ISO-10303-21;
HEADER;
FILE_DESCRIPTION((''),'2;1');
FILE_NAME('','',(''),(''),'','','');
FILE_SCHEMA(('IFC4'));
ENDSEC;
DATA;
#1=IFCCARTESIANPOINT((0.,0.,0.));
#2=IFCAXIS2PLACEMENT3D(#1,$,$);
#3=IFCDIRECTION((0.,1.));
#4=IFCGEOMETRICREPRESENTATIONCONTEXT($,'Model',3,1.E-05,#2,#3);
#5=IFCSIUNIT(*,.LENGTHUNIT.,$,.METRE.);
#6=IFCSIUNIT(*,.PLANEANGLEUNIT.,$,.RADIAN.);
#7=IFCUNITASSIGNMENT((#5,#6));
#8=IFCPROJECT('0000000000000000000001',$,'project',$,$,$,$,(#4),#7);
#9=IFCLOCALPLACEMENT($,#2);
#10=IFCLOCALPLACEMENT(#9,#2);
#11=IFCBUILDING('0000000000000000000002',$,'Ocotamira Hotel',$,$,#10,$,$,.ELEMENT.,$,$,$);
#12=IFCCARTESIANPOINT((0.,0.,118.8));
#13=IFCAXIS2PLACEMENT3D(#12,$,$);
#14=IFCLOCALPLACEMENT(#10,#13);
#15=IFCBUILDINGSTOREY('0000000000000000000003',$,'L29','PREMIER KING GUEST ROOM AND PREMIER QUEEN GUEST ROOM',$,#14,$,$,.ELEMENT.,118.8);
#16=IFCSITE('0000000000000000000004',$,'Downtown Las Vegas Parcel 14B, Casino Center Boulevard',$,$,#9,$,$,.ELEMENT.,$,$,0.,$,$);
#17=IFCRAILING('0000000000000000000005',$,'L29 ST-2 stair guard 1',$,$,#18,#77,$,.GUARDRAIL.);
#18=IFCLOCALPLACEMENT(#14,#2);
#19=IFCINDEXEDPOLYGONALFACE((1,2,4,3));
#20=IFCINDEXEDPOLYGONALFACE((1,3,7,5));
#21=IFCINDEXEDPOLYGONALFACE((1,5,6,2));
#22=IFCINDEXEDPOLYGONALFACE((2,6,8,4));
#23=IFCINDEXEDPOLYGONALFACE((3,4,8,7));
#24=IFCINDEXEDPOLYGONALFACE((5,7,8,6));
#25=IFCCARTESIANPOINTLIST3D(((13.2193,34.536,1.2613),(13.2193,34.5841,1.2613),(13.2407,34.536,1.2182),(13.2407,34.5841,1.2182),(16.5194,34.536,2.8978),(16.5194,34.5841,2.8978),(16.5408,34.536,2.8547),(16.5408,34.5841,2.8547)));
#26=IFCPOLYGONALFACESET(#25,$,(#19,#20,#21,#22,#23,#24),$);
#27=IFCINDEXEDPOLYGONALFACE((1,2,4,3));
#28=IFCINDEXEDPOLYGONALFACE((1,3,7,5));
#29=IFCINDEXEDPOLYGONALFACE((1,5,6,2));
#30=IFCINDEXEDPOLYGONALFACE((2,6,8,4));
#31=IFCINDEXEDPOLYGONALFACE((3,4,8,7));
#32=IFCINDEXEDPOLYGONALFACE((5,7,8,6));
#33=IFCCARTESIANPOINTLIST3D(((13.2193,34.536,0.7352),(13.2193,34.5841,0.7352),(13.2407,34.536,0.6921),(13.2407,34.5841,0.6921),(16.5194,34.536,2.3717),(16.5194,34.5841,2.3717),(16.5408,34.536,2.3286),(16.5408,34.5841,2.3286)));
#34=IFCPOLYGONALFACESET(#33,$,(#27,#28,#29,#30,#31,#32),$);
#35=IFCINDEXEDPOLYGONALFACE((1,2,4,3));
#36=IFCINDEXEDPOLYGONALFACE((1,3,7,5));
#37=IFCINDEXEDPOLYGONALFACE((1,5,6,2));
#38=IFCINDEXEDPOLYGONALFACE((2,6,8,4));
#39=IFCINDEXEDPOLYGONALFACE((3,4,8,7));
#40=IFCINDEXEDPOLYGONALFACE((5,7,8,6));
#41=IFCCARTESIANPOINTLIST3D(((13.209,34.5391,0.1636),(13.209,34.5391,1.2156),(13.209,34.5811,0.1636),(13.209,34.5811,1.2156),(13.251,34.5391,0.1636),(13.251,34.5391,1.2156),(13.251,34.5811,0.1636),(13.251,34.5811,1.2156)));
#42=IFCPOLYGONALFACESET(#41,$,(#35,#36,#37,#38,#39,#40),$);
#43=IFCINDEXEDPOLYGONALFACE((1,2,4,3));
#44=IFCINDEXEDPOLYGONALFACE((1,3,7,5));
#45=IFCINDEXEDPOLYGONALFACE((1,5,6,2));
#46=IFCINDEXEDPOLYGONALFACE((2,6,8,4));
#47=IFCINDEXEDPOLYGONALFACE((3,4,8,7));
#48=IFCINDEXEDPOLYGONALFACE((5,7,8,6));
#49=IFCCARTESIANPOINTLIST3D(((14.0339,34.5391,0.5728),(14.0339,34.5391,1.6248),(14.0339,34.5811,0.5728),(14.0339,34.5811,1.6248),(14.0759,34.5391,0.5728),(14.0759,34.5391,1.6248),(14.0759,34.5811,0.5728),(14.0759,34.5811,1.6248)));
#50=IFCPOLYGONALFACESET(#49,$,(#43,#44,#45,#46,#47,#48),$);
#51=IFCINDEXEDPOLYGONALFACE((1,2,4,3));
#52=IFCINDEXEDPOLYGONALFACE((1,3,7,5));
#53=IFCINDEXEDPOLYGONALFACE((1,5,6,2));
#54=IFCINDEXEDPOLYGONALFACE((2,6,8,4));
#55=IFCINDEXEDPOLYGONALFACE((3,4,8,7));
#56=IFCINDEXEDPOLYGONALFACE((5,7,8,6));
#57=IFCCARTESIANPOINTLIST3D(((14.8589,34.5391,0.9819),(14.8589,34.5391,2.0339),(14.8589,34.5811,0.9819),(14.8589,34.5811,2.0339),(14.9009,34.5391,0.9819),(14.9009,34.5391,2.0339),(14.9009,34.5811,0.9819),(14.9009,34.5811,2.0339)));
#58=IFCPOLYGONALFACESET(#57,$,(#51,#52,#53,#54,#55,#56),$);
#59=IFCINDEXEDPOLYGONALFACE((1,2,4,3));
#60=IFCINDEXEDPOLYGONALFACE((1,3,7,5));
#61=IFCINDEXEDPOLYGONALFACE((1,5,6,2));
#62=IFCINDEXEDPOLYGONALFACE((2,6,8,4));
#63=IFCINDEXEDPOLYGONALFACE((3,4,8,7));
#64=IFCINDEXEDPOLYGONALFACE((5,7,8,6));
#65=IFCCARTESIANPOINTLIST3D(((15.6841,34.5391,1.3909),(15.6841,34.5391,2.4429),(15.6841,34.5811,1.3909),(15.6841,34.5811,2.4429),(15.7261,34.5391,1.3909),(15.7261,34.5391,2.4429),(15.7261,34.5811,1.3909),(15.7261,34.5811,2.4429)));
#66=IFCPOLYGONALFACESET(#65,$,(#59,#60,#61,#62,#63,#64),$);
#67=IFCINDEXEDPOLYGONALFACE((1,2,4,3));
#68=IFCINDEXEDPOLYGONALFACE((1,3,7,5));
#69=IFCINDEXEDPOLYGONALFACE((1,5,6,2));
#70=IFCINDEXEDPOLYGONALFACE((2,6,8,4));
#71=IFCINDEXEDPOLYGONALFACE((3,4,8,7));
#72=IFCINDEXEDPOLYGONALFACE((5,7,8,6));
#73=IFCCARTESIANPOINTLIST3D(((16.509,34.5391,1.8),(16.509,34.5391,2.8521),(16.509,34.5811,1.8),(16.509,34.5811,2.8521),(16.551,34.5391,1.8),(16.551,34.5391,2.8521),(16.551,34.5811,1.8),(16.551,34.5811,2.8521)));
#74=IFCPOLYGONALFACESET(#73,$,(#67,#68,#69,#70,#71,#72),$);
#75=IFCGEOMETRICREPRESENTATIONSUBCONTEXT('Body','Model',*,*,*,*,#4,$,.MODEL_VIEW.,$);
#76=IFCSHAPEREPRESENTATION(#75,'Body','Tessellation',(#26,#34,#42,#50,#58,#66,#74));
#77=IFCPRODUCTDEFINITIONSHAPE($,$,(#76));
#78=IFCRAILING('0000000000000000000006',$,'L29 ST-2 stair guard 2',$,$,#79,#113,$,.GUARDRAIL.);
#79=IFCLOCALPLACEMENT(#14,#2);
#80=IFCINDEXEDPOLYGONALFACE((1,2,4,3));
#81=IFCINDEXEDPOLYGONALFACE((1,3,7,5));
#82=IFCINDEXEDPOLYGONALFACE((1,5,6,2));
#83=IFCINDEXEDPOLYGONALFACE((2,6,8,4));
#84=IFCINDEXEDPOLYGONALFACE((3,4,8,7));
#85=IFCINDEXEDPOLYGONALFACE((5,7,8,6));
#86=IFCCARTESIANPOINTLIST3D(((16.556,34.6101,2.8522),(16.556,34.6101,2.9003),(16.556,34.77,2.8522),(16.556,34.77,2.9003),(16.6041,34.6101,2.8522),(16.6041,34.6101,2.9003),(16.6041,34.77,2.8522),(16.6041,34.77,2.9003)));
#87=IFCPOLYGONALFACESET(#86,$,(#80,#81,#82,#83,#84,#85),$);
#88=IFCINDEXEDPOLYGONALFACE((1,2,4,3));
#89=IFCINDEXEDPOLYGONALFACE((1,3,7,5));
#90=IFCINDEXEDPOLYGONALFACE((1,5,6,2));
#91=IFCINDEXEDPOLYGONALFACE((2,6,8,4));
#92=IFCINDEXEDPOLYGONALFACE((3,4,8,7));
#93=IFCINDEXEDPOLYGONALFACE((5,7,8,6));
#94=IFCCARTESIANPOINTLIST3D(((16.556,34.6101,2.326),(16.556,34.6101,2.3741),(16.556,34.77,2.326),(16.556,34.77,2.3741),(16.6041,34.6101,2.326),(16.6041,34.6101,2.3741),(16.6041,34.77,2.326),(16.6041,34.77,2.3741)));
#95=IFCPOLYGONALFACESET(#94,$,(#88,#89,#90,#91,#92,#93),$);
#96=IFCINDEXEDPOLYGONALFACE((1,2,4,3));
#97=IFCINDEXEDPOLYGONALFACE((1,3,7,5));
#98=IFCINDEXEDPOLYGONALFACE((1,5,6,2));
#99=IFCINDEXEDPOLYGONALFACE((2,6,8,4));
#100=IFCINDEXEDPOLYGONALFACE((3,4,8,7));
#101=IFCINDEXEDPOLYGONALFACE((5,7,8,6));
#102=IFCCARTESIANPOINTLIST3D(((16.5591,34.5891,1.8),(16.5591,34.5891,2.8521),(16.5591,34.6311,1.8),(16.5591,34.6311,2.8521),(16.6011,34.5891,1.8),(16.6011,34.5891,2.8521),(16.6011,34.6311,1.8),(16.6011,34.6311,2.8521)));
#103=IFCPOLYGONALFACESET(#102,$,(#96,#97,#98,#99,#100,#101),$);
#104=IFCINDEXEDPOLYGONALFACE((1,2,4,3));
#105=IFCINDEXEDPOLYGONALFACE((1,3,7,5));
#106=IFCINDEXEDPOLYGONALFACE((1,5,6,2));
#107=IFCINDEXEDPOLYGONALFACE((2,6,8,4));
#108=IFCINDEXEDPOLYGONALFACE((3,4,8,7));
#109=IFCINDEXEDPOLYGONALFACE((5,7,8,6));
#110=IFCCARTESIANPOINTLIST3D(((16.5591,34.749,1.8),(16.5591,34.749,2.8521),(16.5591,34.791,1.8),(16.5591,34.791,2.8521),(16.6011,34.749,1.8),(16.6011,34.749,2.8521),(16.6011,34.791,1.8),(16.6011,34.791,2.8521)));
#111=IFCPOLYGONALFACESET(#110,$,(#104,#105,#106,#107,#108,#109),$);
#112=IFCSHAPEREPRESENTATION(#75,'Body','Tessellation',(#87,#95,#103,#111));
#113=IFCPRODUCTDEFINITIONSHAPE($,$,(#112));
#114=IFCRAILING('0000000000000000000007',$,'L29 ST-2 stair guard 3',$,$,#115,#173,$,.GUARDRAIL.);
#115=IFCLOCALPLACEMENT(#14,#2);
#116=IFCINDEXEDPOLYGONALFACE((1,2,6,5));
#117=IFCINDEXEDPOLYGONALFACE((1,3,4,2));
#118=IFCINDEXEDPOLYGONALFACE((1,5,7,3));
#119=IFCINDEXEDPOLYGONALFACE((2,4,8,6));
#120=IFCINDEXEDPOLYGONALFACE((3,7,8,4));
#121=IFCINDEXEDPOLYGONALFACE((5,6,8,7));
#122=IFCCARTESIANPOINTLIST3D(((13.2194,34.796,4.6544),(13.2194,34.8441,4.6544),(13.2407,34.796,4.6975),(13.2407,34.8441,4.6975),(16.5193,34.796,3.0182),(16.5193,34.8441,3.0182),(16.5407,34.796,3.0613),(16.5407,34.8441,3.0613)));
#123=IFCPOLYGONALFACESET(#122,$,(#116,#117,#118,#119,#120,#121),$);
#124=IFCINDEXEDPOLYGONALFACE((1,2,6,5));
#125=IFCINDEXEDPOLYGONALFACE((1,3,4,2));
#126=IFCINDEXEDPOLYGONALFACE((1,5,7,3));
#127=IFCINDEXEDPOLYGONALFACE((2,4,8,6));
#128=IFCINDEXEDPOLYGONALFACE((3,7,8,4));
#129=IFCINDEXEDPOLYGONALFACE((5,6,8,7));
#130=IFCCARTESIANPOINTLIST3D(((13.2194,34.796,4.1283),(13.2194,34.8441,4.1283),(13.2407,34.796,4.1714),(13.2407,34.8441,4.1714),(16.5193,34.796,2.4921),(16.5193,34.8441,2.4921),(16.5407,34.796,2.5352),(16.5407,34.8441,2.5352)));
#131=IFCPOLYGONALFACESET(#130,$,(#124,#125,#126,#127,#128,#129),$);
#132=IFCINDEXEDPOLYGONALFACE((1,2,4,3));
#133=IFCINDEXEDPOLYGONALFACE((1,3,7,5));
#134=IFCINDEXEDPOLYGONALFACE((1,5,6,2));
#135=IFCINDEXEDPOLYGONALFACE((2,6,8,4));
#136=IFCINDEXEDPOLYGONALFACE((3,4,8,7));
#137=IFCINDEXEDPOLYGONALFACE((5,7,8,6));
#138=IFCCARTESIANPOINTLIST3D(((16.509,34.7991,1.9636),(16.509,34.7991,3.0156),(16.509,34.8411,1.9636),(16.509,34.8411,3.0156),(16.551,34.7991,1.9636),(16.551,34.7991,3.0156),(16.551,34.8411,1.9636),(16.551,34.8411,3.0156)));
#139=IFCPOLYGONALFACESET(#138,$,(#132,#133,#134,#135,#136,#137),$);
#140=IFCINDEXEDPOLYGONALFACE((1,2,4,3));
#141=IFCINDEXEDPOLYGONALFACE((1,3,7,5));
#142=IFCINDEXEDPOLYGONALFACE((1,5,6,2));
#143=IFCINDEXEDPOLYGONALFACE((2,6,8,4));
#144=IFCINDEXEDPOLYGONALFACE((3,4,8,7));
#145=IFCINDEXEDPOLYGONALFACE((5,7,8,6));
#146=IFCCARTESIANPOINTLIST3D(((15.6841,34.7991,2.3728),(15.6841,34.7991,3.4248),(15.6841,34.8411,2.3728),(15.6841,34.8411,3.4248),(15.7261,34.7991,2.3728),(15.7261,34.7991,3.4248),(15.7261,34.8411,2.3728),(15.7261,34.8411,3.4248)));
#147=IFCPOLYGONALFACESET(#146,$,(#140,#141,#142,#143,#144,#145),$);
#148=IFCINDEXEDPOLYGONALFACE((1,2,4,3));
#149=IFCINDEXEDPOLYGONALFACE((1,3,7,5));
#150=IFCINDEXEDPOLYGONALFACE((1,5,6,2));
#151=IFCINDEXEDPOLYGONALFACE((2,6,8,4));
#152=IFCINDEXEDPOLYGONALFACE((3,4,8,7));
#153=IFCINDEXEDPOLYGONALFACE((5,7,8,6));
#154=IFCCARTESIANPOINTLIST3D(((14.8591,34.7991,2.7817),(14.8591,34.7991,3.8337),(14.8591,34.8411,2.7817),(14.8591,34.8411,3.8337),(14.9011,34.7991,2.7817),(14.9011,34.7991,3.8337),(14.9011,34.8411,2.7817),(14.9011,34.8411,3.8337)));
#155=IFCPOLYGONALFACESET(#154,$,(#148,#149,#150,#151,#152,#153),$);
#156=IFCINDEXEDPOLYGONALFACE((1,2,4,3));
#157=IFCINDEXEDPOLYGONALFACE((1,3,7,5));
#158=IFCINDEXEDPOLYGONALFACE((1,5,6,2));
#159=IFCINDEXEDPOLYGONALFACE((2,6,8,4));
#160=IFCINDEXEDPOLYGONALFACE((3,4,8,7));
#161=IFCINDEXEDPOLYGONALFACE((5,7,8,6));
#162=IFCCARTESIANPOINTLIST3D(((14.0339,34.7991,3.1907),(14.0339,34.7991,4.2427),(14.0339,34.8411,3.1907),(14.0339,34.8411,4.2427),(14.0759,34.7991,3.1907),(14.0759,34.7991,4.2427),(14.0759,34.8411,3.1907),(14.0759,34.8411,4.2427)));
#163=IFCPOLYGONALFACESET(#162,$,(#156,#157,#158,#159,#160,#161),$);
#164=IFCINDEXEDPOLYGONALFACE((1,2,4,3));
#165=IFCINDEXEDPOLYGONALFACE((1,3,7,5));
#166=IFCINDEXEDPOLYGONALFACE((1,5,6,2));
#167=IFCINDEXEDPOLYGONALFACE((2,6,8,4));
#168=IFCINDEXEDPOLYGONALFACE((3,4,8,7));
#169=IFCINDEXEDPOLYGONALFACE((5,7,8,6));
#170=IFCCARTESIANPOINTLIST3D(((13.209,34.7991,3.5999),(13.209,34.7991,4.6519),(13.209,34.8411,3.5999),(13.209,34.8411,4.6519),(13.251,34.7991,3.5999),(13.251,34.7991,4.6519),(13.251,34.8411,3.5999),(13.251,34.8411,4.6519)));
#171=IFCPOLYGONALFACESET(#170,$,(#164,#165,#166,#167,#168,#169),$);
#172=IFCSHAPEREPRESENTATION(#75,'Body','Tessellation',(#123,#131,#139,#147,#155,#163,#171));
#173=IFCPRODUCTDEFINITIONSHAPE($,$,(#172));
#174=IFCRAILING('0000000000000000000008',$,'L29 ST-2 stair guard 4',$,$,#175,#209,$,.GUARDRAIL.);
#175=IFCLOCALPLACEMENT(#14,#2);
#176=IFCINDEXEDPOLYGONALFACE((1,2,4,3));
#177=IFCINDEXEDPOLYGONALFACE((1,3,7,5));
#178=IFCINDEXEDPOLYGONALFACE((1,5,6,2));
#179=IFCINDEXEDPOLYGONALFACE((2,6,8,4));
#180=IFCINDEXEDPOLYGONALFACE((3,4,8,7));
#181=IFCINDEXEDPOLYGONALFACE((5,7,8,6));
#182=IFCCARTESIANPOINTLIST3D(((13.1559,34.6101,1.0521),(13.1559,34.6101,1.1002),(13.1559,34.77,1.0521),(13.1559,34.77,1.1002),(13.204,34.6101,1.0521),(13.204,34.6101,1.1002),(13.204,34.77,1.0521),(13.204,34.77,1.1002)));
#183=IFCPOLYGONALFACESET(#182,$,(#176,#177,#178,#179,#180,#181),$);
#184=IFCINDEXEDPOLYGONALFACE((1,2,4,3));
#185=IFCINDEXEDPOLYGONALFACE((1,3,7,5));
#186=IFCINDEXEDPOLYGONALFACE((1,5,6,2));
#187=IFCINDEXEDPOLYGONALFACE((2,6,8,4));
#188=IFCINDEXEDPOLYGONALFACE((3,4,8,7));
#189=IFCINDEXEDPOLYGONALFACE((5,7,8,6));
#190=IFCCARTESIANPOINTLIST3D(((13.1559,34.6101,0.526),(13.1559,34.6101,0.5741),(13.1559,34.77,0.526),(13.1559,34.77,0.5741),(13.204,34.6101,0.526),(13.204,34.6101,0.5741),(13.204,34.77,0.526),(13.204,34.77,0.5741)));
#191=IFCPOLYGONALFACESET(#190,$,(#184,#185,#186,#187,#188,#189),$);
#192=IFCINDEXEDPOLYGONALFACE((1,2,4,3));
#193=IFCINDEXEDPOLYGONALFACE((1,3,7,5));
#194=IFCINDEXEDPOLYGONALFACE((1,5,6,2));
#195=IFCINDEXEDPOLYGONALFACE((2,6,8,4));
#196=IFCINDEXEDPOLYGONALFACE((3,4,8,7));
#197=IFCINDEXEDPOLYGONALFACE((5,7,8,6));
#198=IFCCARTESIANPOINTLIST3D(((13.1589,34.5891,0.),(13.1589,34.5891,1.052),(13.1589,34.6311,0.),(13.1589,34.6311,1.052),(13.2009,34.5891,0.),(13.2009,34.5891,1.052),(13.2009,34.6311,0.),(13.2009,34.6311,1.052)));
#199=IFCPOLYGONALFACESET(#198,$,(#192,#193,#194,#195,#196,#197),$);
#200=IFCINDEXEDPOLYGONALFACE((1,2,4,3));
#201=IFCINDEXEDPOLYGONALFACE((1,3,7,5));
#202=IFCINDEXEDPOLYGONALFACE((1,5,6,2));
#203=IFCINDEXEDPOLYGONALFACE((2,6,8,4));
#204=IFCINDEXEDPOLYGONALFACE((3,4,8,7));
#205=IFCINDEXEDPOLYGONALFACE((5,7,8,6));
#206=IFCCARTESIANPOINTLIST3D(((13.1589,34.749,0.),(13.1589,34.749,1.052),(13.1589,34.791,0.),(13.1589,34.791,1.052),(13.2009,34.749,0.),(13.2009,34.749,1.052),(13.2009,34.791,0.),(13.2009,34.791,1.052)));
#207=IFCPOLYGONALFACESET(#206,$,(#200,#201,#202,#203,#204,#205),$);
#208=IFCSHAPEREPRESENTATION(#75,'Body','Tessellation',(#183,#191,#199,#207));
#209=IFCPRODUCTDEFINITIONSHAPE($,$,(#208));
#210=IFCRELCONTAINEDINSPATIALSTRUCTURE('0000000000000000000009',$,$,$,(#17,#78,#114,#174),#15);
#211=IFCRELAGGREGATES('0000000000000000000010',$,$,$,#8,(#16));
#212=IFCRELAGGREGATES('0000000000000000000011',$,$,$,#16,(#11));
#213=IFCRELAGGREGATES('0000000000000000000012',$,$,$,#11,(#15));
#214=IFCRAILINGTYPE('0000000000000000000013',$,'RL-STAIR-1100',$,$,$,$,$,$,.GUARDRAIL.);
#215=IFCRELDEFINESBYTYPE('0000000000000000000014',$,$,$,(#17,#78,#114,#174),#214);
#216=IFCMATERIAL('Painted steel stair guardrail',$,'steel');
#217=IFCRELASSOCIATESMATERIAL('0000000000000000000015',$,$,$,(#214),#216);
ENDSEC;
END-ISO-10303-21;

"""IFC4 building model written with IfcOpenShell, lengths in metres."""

from ifc_helpers import new_model, si_unit, direction, frame, origin, origin_2d, place, context, subcontext, project, spatial, rectangle, extrude, material, type_object, element, save


model = new_model("IFC4")

# Units and contexts
model_context = context("Model", 3, precision=1e-05, world=origin(), true_north=direction((0.0, 1.0)))
body_context = subcontext(model_context, "Body", "Model", "MODEL_VIEW")
ifc_project = project(units=[si_unit("LENGTHUNIT", "METRE"), si_unit("PLANEANGLEUNIT", "RADIAN")], contexts=[model_context])

# Site, building, storey
site_placement = place(None, origin())
site = spatial("IfcSite", under=ifc_project, at=site_placement, Name="Downtown Las Vegas Parcel 14B, Casino Center Boulevard", CompositionType="ELEMENT", RefElevation=0.0)
building_placement = place(site_placement, origin())
building = spatial("IfcBuilding", under=site, at=building_placement, Name="Ocotamira Hotel", CompositionType="ELEMENT")
storey_placement = place(building_placement, frame((0.0, 0.0, 118.8)))
storey = spatial("IfcBuildingStorey", under=building, at=storey_placement, Name="L29", Description="PREMIER KING GUEST ROOM AND PREMIER QUEEN GUEST ROOM", CompositionType="ELEMENT", Elevation=118.8)

# Railings
ifc_material_1 = material(Name="Painted steel stair guardrail", Category="steel")
railing_type_1 = type_object("IfcRailingType", Name="RL-STAIR-1100", PredefinedType="GUARDRAIL", material=ifc_material_1)
railing_1_placement = place(storey_placement, frame((13.23, 34.5601, 0.1636)))
element("IfcRailing", 1, at=railing_1_placement, inside=storey, type_object=railing_type_1, Name="L29 ST-2 stair guard 1", PredefinedType="GUARDRAIL", context=body_context, shape_type="SweptSolid", body=[
    extrude(rectangle(XDim=0.0481, YDim=0.0481, at=origin_2d()), frame((0.0, 0.0, 1.0762), z_axis=(0.895894, 0.0, 0.444268), x_axis=(0.0, 1.0, 0.0)), (0.0, 0.0, 1.0), 3.6836),
    extrude(rectangle(XDim=0.0481, YDim=0.0481, at=origin_2d()), frame((0.0, 0.0, 0.55), z_axis=(0.895894, 0.0, 0.444268), x_axis=(0.0, 1.0, 0.0)), (0.0, 0.0, 1.0), 3.6836),
    extrude(rectangle(XDim=0.042, YDim=0.042, at=origin_2d()), origin(), (0.0, 0.0, 1.0), 1.052),
    extrude(rectangle(XDim=0.042, YDim=0.042, at=origin_2d()), frame((0.825, 0.0, 0.4092)), (0.0, 0.0, 1.0), 1.052),
    extrude(rectangle(XDim=0.042, YDim=0.042, at=origin_2d()), frame((1.6499, 0.0, 0.8184)), (0.0, 0.0, 1.0), 1.052),
    extrude(rectangle(XDim=0.042, YDim=0.042, at=origin_2d()), frame((2.4751, 0.0, 1.2273)), (0.0, 0.0, 1.0), 1.052),
    extrude(rectangle(XDim=0.042, YDim=0.042, at=origin_2d()), frame((3.3, 0.0, 1.6365)), (0.0, 0.0, 1.0), 1.052),
])
railing_2_placement = place(storey_placement, frame((16.5801, 34.6101, 1.8)))
element("IfcRailing", 2, at=railing_2_placement, inside=storey, type_object=railing_type_1, Name="L29 ST-2 stair guard 2", PredefinedType="GUARDRAIL", context=body_context, shape_type="SweptSolid", body=[
    extrude(rectangle(XDim=0.0481, YDim=0.0481, at=origin_2d()), frame((0.0, 0.0, 1.0762), z_axis=(0.0, 1.0, 0.0), x_axis=(-1.0, 0.0, 0.0)), (0.0, 0.0, 1.0), 0.1599),
    extrude(rectangle(XDim=0.0481, YDim=0.0481, at=origin_2d()), frame((0.0, 0.0, 0.55), z_axis=(0.0, 1.0, 0.0), x_axis=(-1.0, 0.0, 0.0)), (0.0, 0.0, 1.0), 0.1599),
    extrude(rectangle(XDim=0.042, YDim=0.042, at=origin_2d()), origin(), (0.0, 0.0, 1.0), 1.052),
    extrude(rectangle(XDim=0.042, YDim=0.042, at=origin_2d()), frame((0.0, 0.1599, 0.0)), (0.0, 0.0, 1.0), 1.052),
])
railing_3_placement = place(storey_placement, frame((16.53, 34.8201, 1.9636)))
element("IfcRailing", 3, at=railing_3_placement, inside=storey, type_object=railing_type_1, Name="L29 ST-2 stair guard 3", PredefinedType="GUARDRAIL", context=body_context, shape_type="SweptSolid", body=[
    extrude(rectangle(XDim=0.0481, YDim=0.0481, at=origin_2d()), frame((0.0, 0.0, 1.0762), z_axis=(-0.89592, 0.0, 0.444215), x_axis=(0.0, -1.0, 0.0)), (0.0, 0.0, 1.0), 3.6833),
    extrude(rectangle(XDim=0.0481, YDim=0.0481, at=origin_2d()), frame((0.0, 0.0, 0.55), z_axis=(-0.89592, 0.0, 0.444215), x_axis=(0.0, -1.0, 0.0)), (0.0, 0.0, 1.0), 3.6833),
    extrude(rectangle(XDim=0.042, YDim=0.042, at=origin_2d()), origin(), (0.0, 0.0, 1.0), 1.052),
    extrude(rectangle(XDim=0.042, YDim=0.042, at=origin_2d()), frame((-0.825, 0.0, 0.4092)), (0.0, 0.0, 1.0), 1.052),
    extrude(rectangle(XDim=0.042, YDim=0.042, at=origin_2d()), frame((-1.6499, 0.0, 0.8181)), (0.0, 0.0, 1.0), 1.052),
    extrude(rectangle(XDim=0.042, YDim=0.042, at=origin_2d()), frame((-2.4751, 0.0, 1.2271)), (0.0, 0.0, 1.0), 1.052),
    extrude(rectangle(XDim=0.042, YDim=0.042, at=origin_2d()), frame((-3.3, 0.0, 1.6362)), (0.0, 0.0, 1.0), 1.052),
])
railing_4_placement = place(storey_placement, frame((13.1799, 34.6101, 0.0)))
element("IfcRailing", 4, at=railing_4_placement, inside=storey, type_object=railing_type_1, Name="L29 ST-2 stair guard 4", PredefinedType="GUARDRAIL", context=body_context, shape_type="SweptSolid", body=[
    extrude(rectangle(XDim=0.0481, YDim=0.0481, at=origin_2d()), frame((0.0, 0.0, 1.0762), z_axis=(0.0, 1.0, 0.0), x_axis=(-1.0, 0.0, 0.0)), (0.0, 0.0, 1.0), 0.1599),
    extrude(rectangle(XDim=0.0481, YDim=0.0481, at=origin_2d()), frame((0.0, 0.0, 0.55), z_axis=(0.0, 1.0, 0.0), x_axis=(-1.0, 0.0, 0.0)), (0.0, 0.0, 1.0), 0.1599),
    extrude(rectangle(XDim=0.042, YDim=0.042, at=origin_2d()), origin(), (0.0, 0.0, 1.0), 1.052),
    extrude(rectangle(XDim=0.042, YDim=0.042, at=origin_2d()), frame((0.0, 0.1599, 0.0)), (0.0, 0.0, 1.0), 1.052),
])

save(model, "model.ifc")
